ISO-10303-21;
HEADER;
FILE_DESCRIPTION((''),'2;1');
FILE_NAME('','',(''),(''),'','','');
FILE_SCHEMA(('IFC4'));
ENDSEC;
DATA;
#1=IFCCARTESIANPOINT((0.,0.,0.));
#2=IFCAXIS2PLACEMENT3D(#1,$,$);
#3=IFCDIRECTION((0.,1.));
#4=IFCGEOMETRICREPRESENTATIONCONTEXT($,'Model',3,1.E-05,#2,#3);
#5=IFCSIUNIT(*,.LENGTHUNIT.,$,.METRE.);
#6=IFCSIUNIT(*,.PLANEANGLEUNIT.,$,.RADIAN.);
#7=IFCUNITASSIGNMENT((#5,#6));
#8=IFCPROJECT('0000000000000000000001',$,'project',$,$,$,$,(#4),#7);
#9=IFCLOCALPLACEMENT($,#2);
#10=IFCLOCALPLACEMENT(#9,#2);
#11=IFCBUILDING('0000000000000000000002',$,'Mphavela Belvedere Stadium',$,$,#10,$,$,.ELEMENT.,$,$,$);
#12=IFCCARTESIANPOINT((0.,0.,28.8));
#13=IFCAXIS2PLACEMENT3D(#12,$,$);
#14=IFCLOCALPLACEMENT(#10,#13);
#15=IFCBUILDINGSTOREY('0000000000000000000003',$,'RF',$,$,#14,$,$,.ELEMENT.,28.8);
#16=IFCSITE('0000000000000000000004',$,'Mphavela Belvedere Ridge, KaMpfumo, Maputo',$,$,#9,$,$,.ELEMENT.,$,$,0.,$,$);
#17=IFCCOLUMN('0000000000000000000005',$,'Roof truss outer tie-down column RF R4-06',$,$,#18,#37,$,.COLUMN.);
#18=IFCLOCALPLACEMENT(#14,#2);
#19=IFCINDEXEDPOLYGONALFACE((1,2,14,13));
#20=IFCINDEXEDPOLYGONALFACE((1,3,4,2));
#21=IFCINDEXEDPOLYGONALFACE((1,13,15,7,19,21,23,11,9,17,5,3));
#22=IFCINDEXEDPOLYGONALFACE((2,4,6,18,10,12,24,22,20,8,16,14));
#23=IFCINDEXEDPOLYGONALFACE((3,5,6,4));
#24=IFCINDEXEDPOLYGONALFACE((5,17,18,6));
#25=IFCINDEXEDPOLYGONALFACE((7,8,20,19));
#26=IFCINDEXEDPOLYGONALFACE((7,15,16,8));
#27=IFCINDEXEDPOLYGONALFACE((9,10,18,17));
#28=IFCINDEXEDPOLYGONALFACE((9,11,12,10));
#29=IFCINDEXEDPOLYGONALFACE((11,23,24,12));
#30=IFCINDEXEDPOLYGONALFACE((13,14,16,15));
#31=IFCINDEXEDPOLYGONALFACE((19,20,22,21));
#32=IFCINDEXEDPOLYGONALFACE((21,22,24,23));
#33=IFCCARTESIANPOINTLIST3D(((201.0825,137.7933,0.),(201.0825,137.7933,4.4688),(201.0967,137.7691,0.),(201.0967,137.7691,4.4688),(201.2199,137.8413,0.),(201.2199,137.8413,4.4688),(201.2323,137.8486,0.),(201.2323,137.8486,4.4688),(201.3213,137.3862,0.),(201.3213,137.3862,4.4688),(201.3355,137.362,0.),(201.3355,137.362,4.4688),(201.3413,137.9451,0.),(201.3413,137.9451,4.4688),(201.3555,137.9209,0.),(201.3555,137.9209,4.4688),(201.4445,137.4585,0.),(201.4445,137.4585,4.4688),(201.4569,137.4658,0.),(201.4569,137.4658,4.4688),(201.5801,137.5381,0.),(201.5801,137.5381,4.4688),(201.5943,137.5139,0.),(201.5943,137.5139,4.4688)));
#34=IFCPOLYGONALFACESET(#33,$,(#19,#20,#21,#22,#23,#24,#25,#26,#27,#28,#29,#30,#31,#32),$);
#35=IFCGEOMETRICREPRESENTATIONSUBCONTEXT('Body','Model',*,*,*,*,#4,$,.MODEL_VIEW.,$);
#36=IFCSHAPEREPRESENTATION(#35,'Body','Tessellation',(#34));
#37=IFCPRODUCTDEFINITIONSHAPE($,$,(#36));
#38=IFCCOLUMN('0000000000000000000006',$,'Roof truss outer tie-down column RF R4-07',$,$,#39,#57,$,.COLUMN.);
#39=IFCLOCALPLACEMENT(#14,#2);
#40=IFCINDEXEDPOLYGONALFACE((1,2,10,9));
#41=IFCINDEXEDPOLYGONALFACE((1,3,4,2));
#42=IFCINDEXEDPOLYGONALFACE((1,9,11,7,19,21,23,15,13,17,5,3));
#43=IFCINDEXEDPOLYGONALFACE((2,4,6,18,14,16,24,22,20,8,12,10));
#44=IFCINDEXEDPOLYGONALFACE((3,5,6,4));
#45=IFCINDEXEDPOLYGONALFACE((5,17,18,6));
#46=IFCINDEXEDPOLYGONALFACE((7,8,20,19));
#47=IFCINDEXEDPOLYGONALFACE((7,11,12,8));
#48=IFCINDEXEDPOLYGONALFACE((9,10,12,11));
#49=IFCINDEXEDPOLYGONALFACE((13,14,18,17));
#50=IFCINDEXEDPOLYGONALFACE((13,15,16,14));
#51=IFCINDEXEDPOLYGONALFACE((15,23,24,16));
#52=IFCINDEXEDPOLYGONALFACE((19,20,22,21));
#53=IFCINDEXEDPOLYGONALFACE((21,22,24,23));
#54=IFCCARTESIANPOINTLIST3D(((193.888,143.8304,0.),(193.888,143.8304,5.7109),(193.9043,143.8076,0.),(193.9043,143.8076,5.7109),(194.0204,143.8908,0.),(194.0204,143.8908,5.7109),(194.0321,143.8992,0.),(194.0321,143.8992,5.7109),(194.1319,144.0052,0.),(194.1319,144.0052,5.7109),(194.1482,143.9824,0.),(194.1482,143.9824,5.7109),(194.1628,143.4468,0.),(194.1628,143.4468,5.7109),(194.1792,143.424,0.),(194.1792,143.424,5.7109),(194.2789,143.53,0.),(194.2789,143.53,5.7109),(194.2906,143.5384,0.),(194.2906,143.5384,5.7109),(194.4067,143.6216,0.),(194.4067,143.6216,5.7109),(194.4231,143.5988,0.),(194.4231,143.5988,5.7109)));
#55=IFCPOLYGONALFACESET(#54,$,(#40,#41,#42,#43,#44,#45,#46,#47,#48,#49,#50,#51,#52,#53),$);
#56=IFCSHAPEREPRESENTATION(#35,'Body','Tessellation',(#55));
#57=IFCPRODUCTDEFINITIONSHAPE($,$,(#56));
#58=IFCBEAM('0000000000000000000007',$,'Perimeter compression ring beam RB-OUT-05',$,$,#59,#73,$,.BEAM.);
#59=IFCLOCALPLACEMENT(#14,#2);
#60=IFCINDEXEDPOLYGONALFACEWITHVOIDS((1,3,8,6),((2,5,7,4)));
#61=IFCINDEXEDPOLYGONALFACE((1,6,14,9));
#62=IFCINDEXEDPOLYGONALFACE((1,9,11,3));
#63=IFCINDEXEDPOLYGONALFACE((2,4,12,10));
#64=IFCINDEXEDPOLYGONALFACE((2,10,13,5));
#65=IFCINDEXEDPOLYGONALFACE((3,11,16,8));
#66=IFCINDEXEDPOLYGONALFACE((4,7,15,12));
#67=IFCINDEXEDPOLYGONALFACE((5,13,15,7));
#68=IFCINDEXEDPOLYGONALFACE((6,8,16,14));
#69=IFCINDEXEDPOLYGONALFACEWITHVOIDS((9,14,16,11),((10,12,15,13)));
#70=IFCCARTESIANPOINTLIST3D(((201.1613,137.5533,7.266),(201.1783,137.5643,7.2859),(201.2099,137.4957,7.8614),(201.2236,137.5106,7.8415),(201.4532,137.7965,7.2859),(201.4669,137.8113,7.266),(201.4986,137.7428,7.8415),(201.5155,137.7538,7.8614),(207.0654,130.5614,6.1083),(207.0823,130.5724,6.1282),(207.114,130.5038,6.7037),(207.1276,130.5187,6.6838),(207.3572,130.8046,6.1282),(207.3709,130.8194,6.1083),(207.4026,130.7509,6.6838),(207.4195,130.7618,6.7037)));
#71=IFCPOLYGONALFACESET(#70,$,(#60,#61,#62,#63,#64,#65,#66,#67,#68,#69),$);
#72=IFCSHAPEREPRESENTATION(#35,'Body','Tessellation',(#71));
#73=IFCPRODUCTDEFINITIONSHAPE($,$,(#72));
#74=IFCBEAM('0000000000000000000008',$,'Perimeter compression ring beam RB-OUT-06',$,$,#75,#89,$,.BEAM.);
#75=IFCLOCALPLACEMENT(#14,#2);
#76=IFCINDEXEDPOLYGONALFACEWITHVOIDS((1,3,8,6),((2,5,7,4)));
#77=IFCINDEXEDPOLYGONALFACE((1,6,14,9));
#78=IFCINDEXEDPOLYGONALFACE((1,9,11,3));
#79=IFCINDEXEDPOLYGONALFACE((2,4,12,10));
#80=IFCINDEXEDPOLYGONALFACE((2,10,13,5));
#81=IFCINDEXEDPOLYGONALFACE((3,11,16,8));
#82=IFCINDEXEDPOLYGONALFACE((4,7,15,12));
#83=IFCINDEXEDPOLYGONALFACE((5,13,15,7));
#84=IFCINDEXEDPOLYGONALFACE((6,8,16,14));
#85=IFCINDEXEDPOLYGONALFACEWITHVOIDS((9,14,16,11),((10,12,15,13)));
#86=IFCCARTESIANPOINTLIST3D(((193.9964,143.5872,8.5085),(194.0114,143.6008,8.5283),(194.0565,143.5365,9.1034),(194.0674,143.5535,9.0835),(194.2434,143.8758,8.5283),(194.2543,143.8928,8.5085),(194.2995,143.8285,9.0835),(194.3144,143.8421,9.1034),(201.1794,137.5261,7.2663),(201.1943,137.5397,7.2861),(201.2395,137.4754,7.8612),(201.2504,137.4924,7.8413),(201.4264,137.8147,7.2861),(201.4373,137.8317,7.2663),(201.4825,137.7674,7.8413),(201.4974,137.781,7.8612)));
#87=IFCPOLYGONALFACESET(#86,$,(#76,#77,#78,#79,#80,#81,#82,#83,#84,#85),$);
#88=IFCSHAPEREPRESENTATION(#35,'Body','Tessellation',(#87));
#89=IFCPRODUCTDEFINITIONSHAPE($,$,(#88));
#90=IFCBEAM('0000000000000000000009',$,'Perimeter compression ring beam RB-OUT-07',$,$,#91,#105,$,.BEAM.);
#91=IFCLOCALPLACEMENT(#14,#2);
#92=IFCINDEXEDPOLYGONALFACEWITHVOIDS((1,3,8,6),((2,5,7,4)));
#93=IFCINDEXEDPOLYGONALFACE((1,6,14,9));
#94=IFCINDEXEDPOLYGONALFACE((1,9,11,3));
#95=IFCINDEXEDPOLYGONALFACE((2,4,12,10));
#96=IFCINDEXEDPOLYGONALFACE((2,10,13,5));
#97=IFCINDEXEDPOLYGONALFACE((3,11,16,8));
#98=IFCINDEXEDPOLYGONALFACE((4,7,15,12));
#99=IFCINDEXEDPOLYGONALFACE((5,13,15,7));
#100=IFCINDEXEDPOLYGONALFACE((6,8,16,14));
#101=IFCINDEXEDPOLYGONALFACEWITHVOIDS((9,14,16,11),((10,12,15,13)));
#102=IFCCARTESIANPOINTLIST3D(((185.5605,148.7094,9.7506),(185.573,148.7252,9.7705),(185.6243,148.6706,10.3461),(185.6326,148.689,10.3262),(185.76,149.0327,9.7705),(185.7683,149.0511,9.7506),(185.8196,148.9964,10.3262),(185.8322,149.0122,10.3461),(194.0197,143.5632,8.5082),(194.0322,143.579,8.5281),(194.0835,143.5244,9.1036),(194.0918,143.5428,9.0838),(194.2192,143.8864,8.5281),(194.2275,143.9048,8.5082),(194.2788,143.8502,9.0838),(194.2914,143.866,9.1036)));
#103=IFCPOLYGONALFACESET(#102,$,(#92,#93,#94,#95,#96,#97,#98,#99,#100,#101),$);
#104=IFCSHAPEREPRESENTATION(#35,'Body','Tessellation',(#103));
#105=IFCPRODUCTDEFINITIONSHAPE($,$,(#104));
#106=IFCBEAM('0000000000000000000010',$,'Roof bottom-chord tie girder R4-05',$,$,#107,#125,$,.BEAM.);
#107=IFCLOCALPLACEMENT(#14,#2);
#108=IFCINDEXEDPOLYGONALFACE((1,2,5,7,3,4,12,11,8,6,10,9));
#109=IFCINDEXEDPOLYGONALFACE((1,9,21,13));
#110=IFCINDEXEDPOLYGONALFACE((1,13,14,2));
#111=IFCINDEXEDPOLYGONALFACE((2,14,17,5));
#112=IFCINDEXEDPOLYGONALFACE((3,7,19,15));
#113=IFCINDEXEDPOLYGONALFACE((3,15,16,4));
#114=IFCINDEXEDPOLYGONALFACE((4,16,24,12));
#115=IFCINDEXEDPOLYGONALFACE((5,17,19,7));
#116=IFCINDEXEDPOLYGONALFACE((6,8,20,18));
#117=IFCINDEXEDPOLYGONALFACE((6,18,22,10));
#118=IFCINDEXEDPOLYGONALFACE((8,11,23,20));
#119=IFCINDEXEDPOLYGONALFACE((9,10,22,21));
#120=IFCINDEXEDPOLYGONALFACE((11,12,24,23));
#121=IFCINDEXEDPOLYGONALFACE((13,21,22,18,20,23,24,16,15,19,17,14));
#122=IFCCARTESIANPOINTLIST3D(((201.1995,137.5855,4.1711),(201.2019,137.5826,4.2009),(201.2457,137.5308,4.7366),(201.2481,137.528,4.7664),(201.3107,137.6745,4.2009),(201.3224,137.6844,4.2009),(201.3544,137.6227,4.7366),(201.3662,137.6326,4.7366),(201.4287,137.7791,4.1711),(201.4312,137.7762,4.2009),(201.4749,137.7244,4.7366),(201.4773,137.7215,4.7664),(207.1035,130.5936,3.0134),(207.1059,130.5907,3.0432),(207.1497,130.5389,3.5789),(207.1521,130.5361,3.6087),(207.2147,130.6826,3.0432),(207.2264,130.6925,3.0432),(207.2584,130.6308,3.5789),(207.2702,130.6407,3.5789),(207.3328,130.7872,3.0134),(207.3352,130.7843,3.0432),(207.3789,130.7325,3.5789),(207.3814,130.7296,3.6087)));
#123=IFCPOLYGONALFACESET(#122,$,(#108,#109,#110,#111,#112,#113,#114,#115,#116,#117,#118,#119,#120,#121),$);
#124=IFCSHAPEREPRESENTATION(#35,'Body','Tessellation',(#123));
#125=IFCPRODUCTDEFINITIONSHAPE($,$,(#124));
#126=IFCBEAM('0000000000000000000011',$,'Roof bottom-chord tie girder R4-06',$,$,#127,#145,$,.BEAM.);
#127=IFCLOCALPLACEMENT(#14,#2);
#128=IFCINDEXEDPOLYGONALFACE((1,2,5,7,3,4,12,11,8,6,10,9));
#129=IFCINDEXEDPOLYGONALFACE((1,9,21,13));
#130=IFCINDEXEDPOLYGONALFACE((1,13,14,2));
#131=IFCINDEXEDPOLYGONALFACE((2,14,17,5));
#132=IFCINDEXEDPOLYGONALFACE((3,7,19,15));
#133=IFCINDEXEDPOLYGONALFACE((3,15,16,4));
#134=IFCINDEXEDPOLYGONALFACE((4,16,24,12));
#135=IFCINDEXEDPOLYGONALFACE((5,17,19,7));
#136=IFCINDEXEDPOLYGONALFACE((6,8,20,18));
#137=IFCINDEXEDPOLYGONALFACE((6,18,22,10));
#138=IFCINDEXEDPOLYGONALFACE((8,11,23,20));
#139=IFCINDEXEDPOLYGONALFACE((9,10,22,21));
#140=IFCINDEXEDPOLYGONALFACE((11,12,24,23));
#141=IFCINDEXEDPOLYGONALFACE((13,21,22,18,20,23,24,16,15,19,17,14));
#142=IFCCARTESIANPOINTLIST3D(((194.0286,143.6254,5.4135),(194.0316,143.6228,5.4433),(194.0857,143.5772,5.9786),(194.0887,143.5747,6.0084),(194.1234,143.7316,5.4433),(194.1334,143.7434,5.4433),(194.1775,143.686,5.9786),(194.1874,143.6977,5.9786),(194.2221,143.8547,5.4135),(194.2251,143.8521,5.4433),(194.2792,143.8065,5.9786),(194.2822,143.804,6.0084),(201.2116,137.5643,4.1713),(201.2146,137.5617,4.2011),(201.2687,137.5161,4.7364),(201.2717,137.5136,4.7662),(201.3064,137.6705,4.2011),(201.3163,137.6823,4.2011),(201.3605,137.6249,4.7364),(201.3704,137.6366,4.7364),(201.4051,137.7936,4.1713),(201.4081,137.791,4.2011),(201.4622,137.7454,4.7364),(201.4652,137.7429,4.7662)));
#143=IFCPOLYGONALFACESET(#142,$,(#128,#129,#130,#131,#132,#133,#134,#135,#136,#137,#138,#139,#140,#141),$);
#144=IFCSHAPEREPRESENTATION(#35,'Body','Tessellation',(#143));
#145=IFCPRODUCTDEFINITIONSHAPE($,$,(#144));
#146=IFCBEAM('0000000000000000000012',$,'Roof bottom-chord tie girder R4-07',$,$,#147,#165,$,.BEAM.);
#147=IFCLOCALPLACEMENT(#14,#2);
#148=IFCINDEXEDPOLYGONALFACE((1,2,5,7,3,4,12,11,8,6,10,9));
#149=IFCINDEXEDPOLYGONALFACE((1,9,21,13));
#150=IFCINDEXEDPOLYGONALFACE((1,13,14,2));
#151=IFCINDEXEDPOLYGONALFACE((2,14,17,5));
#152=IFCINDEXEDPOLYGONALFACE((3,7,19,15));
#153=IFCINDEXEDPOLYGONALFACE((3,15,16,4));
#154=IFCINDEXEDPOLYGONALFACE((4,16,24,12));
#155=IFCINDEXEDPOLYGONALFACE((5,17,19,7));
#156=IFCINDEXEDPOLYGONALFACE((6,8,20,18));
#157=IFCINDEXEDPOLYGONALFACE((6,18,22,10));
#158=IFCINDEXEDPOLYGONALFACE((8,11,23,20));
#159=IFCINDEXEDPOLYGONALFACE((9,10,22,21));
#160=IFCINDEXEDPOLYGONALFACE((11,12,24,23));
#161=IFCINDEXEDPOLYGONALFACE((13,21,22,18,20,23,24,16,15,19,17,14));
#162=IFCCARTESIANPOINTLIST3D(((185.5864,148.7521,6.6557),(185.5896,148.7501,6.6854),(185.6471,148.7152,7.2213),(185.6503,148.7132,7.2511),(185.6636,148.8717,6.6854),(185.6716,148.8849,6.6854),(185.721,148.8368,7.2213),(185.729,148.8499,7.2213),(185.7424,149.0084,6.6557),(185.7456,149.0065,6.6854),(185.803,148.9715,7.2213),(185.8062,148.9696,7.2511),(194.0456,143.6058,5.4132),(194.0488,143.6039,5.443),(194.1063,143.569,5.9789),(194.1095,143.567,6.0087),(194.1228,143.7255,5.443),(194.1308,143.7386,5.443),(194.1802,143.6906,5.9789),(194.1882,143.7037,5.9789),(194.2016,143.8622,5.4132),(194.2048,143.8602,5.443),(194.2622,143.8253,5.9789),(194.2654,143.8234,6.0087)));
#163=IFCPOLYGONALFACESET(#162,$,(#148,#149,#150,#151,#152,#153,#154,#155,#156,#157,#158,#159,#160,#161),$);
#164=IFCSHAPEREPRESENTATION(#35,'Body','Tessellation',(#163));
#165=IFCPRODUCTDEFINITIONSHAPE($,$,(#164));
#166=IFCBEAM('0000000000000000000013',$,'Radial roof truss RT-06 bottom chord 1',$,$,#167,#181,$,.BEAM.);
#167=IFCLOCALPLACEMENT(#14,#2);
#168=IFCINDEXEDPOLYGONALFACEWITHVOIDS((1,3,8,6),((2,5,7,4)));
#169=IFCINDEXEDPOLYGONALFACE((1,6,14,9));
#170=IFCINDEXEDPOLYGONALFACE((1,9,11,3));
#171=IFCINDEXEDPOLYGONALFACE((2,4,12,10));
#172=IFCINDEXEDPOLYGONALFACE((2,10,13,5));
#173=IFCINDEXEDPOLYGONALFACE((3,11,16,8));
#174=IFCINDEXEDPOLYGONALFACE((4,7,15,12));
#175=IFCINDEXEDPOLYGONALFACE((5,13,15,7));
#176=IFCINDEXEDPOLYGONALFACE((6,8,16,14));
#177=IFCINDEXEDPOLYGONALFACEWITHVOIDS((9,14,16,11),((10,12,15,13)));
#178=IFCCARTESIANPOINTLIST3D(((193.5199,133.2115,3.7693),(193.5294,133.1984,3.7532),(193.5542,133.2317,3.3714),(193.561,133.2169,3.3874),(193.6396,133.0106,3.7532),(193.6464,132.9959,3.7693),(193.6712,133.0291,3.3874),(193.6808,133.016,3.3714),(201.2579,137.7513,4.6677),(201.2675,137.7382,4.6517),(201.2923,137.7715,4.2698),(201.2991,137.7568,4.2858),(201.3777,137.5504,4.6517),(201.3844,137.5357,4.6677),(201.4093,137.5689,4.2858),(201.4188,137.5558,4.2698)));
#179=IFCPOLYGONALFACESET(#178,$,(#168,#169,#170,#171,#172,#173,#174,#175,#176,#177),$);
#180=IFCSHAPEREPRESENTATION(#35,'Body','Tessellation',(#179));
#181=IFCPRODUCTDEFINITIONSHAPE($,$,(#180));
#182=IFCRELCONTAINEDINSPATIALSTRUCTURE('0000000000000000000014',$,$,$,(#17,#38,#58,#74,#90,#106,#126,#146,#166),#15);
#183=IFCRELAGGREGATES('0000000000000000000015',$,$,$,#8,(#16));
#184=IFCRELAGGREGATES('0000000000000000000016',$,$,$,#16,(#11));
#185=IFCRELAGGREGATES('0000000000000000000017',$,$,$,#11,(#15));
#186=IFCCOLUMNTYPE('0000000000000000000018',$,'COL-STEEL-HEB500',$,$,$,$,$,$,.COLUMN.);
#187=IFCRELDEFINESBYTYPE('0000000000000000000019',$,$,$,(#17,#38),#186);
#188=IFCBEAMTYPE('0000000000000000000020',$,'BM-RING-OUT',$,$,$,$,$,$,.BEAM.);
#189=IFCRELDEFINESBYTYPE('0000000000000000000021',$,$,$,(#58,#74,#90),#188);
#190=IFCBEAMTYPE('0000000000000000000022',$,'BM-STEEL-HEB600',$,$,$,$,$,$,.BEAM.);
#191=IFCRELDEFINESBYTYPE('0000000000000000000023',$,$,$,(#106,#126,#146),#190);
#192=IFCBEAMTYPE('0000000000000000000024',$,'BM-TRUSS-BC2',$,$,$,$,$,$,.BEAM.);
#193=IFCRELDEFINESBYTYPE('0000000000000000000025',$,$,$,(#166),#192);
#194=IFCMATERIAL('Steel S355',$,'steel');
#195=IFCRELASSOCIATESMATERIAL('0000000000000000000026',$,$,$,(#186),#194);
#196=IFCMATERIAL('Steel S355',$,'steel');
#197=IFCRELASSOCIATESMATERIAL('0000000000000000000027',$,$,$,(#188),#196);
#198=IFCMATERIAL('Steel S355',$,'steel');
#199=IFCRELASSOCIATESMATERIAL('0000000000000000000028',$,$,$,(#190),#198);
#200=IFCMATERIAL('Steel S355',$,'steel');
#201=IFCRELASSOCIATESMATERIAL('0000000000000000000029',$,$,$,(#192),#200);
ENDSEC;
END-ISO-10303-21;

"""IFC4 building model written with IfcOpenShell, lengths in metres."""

from ifc_helpers import new_model, si_unit, direction, frame, origin, origin_2d, place, context, subcontext, project, spatial, hollow_rectangle, i_section, extrude, material, material_profile, profile_set, type_object, element, save


model = new_model("IFC4")

# Units and contexts
model_context = context("Model", 3, precision=1e-05, world=origin(), true_north=direction((0.0, 1.0)))
body_context = subcontext(model_context, "Body", "Model", "MODEL_VIEW")
ifc_project = project(units=[si_unit("LENGTHUNIT", "METRE"), si_unit("PLANEANGLEUNIT", "RADIAN")], contexts=[model_context])

# Site, building, storey
site_placement = place(None, origin())
site = spatial("IfcSite", under=ifc_project, at=site_placement, Name="Mphavela Belvedere Ridge, KaMpfumo, Maputo", CompositionType="ELEMENT", RefElevation=0.0)
building_placement = place(site_placement, origin())
building = spatial("IfcBuilding", under=site, at=building_placement, Name="Mphavela Belvedere Stadium", CompositionType="ELEMENT")
storey_placement = place(building_placement, frame((0.0, 0.0, 28.8)))
storey = spatial("IfcBuildingStorey", under=building, at=storey_placement, Name="RF", CompositionType="ELEMENT", Elevation=28.8)

# Columns
ifc_material_1 = material(Name="Steel S355", Category="steel")
ifc_material_profile_1 = material_profile(ifc_material_1, i_section(OverallWidth=0.3, OverallDepth=0.5, WebThickness=0.0144, FlangeThickness=0.0281, at=origin_2d()), Name="HEB 500")
ifc_profile_set_1 = profile_set([ifc_material_profile_1], Name="Steel S355")
column_type = type_object("IfcColumnType", Name="COL-STEEL-HEB500", PredefinedType="COLUMN", material=ifc_profile_set_1)
column_1_placement = place(storey_placement, frame((201.3384, 137.6536, 0.0), z_axis=(0.0, 0.0, 1.0), x_axis=(0.862514, 0.506034, 0.0)))
element("IfcColumn", 1, at=column_1_placement, inside=storey, type_object=column_type, Name="Roof truss outer tie-down column RF R4-06", PredefinedType="COLUMN", context=body_context, shape_type="SweptSolid", body=[
    extrude(i_section(OverallWidth=0.3, OverallDepth=0.5, WebThickness=0.0144, FlangeThickness=0.0281, at=origin_2d()), origin(), (0.0, 0.0, 1.0), 4.4688),
])
column_2_placement = place(storey_placement, frame((194.1555, 143.7146, 0.0), z_axis=(0.0, 0.0, 1.0), x_axis=(0.812898, 0.582407, 0.0)))
element("IfcColumn", 2, at=column_2_placement, inside=storey, type_object=column_type, Name="Roof truss outer tie-down column RF R4-07", PredefinedType="COLUMN", context=body_context, shape_type="SweptSolid", body=[
    extrude(i_section(OverallWidth=0.3, OverallDepth=0.5, WebThickness=0.0144, FlangeThickness=0.0281, at=origin_2d()), origin(), (0.0, 0.0, 1.0), 5.7109),
])

# Beams
ifc_material_2 = material(Name="Steel S355", Category="steel")
ifc_material_profile_2 = material_profile(ifc_material_2, hollow_rectangle(XDim=0.3999, YDim=0.6001, WallThickness=0.02, at=origin_2d()), Name="RHS 600x400x20")
ifc_profile_set_2 = profile_set([ifc_material_profile_2], Name="Steel S355")
beam_type_1 = type_object("IfcBeamType", Name="BM-RING-OUT", PredefinedType="BEAM", material=ifc_profile_set_2)
beam_1_placement = place(storey_placement, frame((207.2424, 130.6616, 6.406), z_axis=(-0.640063, 0.758002, 0.125509), x_axis=(-0.764044, -0.645165, 0.0)))
element("IfcBeam", 3, at=beam_1_placement, inside=storey, type_object=beam_type_1, Name="Perimeter compression ring beam RB-OUT-05", PredefinedType="BEAM", context=body_context, shape_type="SweptSolid", body=[
    extrude(hollow_rectangle(XDim=0.3999, YDim=0.6001, WallThickness=0.02, at=origin_2d()), origin(), (0.0, 0.0, 1.0), 9.2241),
])
beam_2_placement = place(storey_placement, frame((201.3384, 137.6536, 7.5637), z_axis=(-0.757676, 0.639342, 0.131031), x_axis=(-0.644902, -0.764265, 0.0)))
element("IfcBeam", 4, at=beam_2_placement, inside=storey, type_object=beam_type_1, Name="Perimeter compression ring beam RB-OUT-06", PredefinedType="BEAM", context=body_context, shape_type="SweptSolid", body=[
    extrude(hollow_rectangle(XDim=0.3999, YDim=0.6001, WallThickness=0.02, at=origin_2d()), origin(), (0.0, 0.0, 1.0), 9.4802),
])
beam_3_placement = place(storey_placement, frame((194.1555, 143.7146, 8.8059), z_axis=(-0.847679, 0.515693, 0.124501), x_axis=(-0.519737, -0.854327, 0.0)))
element("IfcBeam", 5, at=beam_3_placement, inside=storey, type_object=beam_type_1, Name="Perimeter compression ring beam RB-OUT-07", PredefinedType="BEAM", context=body_context, shape_type="SweptSolid", body=[
    extrude(hollow_rectangle(XDim=0.3999, YDim=0.6001, WallThickness=0.02, at=origin_2d()), origin(), (0.0, 0.0, 1.0), 9.9792),
])
ifc_material_3 = material(Name="Steel S355", Category="steel")
ifc_material_profile_3 = material_profile(ifc_material_3, i_section(OverallWidth=0.3, OverallDepth=0.6001, WebThickness=0.0154, FlangeThickness=0.03, at=origin_2d()), Name="HEB 600")
ifc_profile_set_3 = profile_set([ifc_material_profile_3], Name="Steel S355")
beam_type_2 = type_object("IfcBeamType", Name="BM-STEEL-HEB600", PredefinedType="BEAM", material=ifc_profile_set_3)
beam_4_placement = place(storey_placement, frame((207.2424, 130.6616, 3.311), z_axis=(-0.640063, 0.758002, 0.125509), x_axis=(-0.764044, -0.645165, 0.0)))
element("IfcBeam", 6, at=beam_4_placement, inside=storey, type_object=beam_type_2, Name="Roof bottom-chord tie girder R4-05", PredefinedType="BEAM", context=body_context, shape_type="SweptSolid", body=[
    extrude(i_section(OverallWidth=0.3, OverallDepth=0.6001, WebThickness=0.0154, FlangeThickness=0.03, at=origin_2d()), origin(), (0.0, 0.0, 1.0), 9.2241),
])
beam_5_placement = place(storey_placement, frame((201.3384, 137.6536, 4.4688), z_axis=(-0.757676, 0.639342, 0.131031), x_axis=(-0.644902, -0.764265, 0.0)))
element("IfcBeam", 7, at=beam_5_placement, inside=storey, type_object=beam_type_2, Name="Roof bottom-chord tie girder R4-06", PredefinedType="BEAM", context=body_context, shape_type="SweptSolid", body=[
    extrude(i_section(OverallWidth=0.3, OverallDepth=0.6001, WebThickness=0.0154, FlangeThickness=0.03, at=origin_2d()), origin(), (0.0, 0.0, 1.0), 9.4802),
])
beam_6_placement = place(storey_placement, frame((194.1555, 143.7146, 5.7109), z_axis=(-0.847679, 0.515693, 0.124501), x_axis=(-0.519737, -0.854327, 0.0)))
element("IfcBeam", 8, at=beam_6_placement, inside=storey, type_object=beam_type_2, Name="Roof bottom-chord tie girder R4-07", PredefinedType="BEAM", context=body_context, shape_type="SweptSolid", body=[
    extrude(i_section(OverallWidth=0.3, OverallDepth=0.6001, WebThickness=0.0154, FlangeThickness=0.03, at=origin_2d()), origin(), (0.0, 0.0, 1.0), 9.9792),
])
ifc_material_4 = material(Name="Steel S355", Category="steel")
ifc_material_profile_4 = material_profile(ifc_material_4, hollow_rectangle(XDim=0.25, YDim=0.3999, WallThickness=0.0161, at=origin_2d()), Name="RHS 400x250x16")
ifc_profile_set_4 = profile_set([ifc_material_profile_4], Name="Steel S355")
beam_type_3 = type_object("IfcBeamType", Name="BM-TRUSS-BC2", PredefinedType="BEAM", material=ifc_profile_set_4)
beam_7_placement = place(storey_placement, frame((201.3384, 137.6536, 4.4688), z_axis=(-0.858225, -0.503508, -0.099646), x_axis=(0.506027, -0.862518, 0.0)))
element("IfcBeam", 9, at=beam_7_placement, inside=storey, type_object=beam_type_3, Name="Radial roof truss RT-06 bottom chord 1", PredefinedType="BEAM", context=body_context, shape_type="SweptSolid", body=[
    extrude(hollow_rectangle(XDim=0.25, YDim=0.3999, WallThickness=0.0161, at=origin_2d()), origin(), (0.0, 0.0, 1.0), 9.0164),
])

save(model, "model.ifc")
